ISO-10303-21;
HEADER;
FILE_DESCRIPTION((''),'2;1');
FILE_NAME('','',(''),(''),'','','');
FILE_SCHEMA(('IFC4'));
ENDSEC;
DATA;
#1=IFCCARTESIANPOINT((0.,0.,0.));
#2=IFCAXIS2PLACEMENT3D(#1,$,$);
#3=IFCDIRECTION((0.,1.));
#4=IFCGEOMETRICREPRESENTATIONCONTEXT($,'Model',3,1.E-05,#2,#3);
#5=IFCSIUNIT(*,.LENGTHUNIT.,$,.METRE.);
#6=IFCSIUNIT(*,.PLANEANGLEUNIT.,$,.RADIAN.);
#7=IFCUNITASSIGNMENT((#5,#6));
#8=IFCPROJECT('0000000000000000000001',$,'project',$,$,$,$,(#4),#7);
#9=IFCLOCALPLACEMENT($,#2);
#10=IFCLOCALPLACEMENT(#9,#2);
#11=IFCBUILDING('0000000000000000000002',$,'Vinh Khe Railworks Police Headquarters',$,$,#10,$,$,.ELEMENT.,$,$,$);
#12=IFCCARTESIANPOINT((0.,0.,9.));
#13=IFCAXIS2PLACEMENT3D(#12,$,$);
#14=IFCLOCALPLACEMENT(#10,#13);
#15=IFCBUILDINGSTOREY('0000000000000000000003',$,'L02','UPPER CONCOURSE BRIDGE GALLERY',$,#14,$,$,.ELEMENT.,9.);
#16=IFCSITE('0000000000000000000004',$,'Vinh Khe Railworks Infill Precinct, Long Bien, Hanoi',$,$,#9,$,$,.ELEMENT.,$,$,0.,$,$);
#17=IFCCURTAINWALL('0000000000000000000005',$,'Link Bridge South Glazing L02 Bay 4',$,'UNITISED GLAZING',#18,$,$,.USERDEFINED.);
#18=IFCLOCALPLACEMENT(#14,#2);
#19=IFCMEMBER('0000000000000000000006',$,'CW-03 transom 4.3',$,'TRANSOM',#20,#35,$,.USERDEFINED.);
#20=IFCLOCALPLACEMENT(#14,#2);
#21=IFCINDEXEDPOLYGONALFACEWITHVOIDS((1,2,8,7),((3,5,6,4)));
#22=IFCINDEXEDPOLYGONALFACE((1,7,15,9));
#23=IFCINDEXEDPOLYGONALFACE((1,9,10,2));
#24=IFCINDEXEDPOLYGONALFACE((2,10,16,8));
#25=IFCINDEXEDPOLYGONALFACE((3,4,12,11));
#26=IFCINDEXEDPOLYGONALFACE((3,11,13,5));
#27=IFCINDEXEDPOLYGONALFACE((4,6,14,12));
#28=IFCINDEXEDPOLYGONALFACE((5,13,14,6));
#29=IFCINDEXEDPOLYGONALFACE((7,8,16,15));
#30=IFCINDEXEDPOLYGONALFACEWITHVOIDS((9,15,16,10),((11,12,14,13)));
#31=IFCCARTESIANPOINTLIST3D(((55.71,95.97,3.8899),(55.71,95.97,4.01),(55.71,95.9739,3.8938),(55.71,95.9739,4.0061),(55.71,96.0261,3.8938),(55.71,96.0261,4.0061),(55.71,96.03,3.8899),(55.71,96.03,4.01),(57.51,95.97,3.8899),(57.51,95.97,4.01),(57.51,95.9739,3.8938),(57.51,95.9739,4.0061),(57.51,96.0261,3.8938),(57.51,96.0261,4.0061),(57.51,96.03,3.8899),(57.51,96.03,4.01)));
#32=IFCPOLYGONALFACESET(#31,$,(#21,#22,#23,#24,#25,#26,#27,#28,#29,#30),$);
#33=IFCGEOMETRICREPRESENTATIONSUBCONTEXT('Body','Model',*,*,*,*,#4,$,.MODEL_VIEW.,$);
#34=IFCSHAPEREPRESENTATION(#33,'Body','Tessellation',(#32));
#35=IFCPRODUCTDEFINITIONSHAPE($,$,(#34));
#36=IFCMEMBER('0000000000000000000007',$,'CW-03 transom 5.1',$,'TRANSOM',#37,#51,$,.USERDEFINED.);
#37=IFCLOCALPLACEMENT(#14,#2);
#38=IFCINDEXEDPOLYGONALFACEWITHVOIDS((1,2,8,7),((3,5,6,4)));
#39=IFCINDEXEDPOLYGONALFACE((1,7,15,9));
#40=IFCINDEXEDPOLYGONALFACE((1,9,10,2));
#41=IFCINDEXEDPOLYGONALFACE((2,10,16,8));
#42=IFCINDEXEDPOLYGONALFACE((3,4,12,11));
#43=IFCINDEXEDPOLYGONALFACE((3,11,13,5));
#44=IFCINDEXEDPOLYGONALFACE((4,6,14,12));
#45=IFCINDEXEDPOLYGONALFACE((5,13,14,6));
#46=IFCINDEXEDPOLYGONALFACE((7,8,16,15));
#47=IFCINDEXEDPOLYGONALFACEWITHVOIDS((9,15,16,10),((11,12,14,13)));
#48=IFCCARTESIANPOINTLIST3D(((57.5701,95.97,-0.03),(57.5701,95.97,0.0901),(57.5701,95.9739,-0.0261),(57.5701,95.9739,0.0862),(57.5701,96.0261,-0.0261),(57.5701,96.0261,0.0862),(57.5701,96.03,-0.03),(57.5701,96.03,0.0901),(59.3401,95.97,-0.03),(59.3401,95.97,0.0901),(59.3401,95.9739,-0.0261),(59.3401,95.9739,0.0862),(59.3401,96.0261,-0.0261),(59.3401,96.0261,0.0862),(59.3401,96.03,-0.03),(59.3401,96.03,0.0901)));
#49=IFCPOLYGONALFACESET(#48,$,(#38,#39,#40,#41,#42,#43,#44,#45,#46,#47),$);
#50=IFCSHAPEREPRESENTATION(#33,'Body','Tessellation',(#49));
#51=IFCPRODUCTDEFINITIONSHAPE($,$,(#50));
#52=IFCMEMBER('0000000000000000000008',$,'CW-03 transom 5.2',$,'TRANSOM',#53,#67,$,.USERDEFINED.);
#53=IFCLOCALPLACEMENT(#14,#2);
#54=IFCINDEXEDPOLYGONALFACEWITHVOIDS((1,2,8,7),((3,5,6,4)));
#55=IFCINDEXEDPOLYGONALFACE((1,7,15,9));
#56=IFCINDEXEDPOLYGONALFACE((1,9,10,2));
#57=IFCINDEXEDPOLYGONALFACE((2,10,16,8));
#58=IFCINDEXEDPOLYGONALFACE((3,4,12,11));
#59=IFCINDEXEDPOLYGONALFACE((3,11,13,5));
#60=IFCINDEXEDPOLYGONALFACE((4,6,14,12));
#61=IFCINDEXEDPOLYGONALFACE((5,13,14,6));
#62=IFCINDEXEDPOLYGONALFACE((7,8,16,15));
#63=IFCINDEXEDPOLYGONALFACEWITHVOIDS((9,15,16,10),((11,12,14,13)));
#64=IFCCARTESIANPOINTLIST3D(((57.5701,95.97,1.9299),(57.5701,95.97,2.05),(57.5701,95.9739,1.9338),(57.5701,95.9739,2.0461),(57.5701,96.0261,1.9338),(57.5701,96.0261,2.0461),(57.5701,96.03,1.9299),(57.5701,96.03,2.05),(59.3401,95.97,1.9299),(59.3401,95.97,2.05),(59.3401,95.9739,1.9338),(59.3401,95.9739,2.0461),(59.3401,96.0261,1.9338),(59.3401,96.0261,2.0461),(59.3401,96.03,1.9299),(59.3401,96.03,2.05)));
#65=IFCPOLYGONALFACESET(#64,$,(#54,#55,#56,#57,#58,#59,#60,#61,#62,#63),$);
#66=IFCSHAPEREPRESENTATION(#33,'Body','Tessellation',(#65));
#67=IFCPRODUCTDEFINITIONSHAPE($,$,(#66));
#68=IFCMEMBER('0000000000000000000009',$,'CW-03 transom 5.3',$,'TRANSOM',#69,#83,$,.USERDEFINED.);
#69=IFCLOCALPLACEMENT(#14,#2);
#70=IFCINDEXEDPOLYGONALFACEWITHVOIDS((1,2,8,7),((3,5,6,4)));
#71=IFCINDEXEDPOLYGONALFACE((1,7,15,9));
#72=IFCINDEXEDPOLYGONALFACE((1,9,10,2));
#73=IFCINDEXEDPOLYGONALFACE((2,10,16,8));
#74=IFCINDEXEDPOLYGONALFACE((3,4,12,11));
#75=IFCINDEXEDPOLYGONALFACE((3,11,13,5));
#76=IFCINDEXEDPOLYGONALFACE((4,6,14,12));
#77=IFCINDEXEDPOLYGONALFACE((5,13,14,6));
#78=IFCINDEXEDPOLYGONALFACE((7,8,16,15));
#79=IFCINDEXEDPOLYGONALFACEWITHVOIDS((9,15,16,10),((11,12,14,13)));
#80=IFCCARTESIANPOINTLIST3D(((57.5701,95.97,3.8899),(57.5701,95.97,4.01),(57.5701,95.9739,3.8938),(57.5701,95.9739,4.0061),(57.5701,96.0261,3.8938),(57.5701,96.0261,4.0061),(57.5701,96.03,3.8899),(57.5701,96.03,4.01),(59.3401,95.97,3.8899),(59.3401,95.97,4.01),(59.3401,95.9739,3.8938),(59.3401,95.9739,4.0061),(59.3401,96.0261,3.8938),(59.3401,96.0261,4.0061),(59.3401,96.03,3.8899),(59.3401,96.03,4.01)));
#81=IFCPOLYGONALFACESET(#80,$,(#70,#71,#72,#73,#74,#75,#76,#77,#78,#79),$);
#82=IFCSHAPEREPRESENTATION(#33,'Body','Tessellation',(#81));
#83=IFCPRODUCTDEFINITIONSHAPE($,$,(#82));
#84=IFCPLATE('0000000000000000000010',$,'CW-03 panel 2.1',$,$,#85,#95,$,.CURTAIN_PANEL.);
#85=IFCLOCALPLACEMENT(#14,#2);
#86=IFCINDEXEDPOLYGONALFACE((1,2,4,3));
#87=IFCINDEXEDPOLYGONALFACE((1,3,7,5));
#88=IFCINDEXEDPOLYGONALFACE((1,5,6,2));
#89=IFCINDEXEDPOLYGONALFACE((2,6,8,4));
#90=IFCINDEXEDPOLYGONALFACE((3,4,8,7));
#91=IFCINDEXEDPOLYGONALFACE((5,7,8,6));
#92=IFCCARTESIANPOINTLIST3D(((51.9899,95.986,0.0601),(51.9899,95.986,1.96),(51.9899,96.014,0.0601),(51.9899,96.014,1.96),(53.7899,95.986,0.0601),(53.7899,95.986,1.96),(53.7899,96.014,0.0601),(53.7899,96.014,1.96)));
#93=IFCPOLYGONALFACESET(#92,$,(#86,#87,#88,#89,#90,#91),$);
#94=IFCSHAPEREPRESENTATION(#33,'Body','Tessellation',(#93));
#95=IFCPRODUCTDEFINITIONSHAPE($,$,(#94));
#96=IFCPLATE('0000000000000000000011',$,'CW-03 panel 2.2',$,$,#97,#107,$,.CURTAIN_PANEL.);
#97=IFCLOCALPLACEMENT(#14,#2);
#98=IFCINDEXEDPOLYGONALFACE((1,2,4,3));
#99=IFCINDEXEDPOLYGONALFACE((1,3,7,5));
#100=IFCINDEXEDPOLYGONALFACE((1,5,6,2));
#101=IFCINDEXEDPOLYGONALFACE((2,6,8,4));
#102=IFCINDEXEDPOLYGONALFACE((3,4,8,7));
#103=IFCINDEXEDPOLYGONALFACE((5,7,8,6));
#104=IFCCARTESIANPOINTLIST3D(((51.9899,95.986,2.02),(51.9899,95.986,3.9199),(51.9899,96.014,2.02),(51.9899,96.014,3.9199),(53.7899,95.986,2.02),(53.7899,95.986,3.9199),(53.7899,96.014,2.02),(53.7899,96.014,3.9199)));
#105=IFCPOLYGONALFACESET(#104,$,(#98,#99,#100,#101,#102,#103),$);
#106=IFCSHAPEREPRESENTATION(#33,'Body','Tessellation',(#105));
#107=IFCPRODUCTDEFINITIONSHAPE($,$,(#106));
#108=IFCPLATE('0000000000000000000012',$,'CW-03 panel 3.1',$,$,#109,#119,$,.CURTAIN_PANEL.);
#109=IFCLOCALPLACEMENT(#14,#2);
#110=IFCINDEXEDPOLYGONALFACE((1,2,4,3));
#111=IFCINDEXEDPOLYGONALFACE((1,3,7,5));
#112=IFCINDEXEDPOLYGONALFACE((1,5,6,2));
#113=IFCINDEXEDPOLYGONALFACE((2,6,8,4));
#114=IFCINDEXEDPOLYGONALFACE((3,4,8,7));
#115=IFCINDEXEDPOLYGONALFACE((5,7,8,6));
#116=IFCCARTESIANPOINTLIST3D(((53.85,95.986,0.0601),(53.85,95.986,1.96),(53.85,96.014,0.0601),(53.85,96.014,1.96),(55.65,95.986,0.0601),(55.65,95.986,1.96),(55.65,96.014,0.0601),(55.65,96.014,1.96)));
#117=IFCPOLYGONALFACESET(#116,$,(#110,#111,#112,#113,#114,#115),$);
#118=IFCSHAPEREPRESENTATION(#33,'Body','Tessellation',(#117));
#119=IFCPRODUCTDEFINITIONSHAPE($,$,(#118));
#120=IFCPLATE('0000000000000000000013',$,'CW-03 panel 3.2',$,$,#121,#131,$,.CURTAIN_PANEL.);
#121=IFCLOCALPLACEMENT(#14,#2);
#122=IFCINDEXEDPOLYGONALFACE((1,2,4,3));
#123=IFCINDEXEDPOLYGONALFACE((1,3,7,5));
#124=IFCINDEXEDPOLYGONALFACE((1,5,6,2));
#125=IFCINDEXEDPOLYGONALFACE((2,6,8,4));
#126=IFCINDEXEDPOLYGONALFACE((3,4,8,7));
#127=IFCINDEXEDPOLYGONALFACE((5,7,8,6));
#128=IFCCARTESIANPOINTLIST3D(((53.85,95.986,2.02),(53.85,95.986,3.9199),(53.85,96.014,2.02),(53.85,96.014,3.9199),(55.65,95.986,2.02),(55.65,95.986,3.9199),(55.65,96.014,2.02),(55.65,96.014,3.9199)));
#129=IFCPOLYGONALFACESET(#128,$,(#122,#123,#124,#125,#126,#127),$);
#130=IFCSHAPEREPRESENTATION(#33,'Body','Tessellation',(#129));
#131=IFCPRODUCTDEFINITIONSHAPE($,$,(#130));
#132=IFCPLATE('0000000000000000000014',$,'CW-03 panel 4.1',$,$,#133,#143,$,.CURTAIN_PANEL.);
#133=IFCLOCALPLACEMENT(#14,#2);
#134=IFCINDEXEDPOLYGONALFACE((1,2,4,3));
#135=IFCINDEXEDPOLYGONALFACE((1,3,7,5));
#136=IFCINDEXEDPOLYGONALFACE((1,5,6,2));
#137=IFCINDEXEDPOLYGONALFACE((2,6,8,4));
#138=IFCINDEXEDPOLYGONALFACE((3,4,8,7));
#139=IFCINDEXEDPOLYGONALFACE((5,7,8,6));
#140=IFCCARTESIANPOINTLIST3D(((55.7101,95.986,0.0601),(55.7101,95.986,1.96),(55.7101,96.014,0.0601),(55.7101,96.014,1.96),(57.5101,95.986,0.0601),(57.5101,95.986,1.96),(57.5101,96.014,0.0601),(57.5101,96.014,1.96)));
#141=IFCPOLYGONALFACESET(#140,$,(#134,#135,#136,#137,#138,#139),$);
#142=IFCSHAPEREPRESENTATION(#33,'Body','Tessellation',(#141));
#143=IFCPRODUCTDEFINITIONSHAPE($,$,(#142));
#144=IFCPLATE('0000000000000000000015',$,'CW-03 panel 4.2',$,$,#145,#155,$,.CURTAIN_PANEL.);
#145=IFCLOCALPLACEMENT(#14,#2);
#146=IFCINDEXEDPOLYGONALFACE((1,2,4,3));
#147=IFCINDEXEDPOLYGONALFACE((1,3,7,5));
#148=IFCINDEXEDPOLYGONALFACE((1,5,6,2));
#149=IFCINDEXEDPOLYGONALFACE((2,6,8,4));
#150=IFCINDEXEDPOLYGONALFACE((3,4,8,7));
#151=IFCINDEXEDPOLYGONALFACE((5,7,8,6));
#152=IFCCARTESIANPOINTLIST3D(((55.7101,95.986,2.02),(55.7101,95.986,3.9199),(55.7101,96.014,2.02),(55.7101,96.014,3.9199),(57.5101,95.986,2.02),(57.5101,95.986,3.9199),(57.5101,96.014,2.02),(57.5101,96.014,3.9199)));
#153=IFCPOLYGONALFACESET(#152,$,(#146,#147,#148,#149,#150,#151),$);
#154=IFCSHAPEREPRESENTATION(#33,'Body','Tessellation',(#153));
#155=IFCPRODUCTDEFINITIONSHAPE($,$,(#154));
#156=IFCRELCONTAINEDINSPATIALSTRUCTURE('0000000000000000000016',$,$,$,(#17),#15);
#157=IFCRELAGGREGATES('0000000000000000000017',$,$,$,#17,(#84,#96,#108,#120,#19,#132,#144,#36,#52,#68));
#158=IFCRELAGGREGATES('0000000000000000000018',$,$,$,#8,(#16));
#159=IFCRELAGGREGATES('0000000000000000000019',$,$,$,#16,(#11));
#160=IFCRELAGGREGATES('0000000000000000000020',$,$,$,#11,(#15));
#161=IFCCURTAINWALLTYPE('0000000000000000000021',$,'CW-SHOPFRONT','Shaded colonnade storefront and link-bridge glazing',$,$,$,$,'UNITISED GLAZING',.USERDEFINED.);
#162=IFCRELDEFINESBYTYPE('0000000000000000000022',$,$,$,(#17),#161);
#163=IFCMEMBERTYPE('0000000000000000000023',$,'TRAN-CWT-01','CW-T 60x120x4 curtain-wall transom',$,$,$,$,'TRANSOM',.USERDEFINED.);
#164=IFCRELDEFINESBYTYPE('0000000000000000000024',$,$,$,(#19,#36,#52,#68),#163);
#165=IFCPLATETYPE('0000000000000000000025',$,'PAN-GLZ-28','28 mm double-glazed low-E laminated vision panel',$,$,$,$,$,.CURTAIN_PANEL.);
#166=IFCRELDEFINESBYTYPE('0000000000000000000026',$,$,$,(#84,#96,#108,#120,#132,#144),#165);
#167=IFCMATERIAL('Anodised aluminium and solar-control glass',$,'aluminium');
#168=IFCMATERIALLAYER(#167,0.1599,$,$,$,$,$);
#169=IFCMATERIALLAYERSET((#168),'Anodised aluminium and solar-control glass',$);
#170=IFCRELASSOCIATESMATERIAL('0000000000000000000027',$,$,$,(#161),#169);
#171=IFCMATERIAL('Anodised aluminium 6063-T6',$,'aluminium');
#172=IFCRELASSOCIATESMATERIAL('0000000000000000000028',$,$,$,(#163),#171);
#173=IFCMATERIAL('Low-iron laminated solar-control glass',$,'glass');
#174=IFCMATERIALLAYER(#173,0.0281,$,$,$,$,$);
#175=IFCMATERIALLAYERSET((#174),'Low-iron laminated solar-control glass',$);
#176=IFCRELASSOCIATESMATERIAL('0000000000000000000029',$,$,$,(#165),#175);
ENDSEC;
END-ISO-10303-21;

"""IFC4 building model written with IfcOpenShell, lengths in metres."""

from ifc_helpers import new_model, si_unit, direction, frame, origin, origin_2d, place, context, subcontext, project, spatial, rectangle, hollow_rectangle, extrude, material, layer, layer_set, material_profile, profile_set, type_object, element, aggregate, save


model = new_model("IFC4")

# Units and contexts
model_context = context("Model", 3, precision=1e-05, world=origin(), true_north=direction((0.0, 1.0)))
body_context = subcontext(model_context, "Body", "Model", "MODEL_VIEW")
ifc_project = project(units=[si_unit("LENGTHUNIT", "METRE"), si_unit("PLANEANGLEUNIT", "RADIAN")], contexts=[model_context])

# Site, building, storey
site_placement = place(None, origin())
site = spatial("IfcSite", under=ifc_project, at=site_placement, Name="Vinh Khe Railworks Infill Precinct, Long Bien, Hanoi", CompositionType="ELEMENT", RefElevation=0.0)
building_placement = place(site_placement, origin())
building = spatial("IfcBuilding", under=site, at=building_placement, Name="Vinh Khe Railworks Police Headquarters", CompositionType="ELEMENT")
storey_placement = place(building_placement, frame((0.0, 0.0, 9.0)))
storey = spatial("IfcBuildingStorey", under=building, at=storey_placement, Name="L02", Description="UPPER CONCOURSE BRIDGE GALLERY", CompositionType="ELEMENT", Elevation=9.0)

# Curtain wall, members, plates
ifc_material_1 = material(Name="Anodised aluminium and solar-control glass", Category="aluminium")
ifc_layer_1 = layer(ifc_material_1, 0.1599)
ifc_layer_set_1 = layer_set([ifc_layer_1], Name="Anodised aluminium and solar-control glass")
curtain_wall_type = type_object("IfcCurtainWallType", Name="CW-SHOPFRONT", Description="Shaded colonnade storefront and link-bridge glazing", ElementType="UNITISED GLAZING", PredefinedType="USERDEFINED", material=ifc_layer_set_1)
curtain_wall_placement = place(storey_placement, origin())
curtain_wall = element("IfcCurtainWall", 1, at=curtain_wall_placement, inside=storey, type_object=curtain_wall_type, Name="Link Bridge South Glazing L02 Bay 4", ObjectType="UNITISED GLAZING", PredefinedType="USERDEFINED")
ifc_material_2 = material(Name="Anodised aluminium 6063-T6", Category="aluminium")
ifc_material_profile_1 = material_profile(ifc_material_2, hollow_rectangle(XDim=0.0601, YDim=0.1201, WallThickness=0.0039, at=origin_2d()), Name="CW-T 60x120x4")
ifc_profile_set_1 = profile_set([ifc_material_profile_1], Name="Anodised aluminium 6063-T6")
member_type_1 = type_object("IfcMemberType", Name="TRAN-CWT-01", Description="CW-T 60x120x4 curtain-wall transom", ElementType="TRANSOM", PredefinedType="USERDEFINED", material=ifc_profile_set_1)
member_1_placement = place(storey_placement, frame((55.71, 96.0, 3.95), z_axis=(1.0, 0.0, 0.0), x_axis=(0.0, 1.0, 0.0)))
member_1 = element("IfcMember", 2, at=member_1_placement, type_object=member_type_1, Name="CW-03 transom 4.3", ObjectType="TRANSOM", PredefinedType="USERDEFINED", context=body_context, shape_type="SweptSolid", body=[
    extrude(hollow_rectangle(XDim=0.0601, YDim=0.1201, WallThickness=0.0039, at=origin_2d()), origin(), (0.0, 0.0, 1.0), 1.8),
])
member_2_placement = place(storey_placement, frame((57.5701, 96.0, 0.03), z_axis=(1.0, 0.0, 0.0), x_axis=(0.0, 1.0, 0.0)))
member_2 = element("IfcMember", 3, at=member_2_placement, type_object=member_type_1, Name="CW-03 transom 5.1", ObjectType="TRANSOM", PredefinedType="USERDEFINED", context=body_context, shape_type="SweptSolid", body=[
    extrude(hollow_rectangle(XDim=0.0601, YDim=0.1201, WallThickness=0.0039, at=origin_2d()), origin(), (0.0, 0.0, 1.0), 1.77),
])
member_3_placement = place(storey_placement, frame((57.5701, 96.0, 1.99), z_axis=(1.0, 0.0, 0.0), x_axis=(0.0, 1.0, 0.0)))
member_3 = element("IfcMember", 4, at=member_3_placement, type_object=member_type_1, Name="CW-03 transom 5.2", ObjectType="TRANSOM", PredefinedType="USERDEFINED", context=body_context, shape_type="SweptSolid", body=[
    extrude(hollow_rectangle(XDim=0.0601, YDim=0.1201, WallThickness=0.0039, at=origin_2d()), origin(), (0.0, 0.0, 1.0), 1.77),
])
member_4_placement = place(storey_placement, frame((57.5701, 96.0, 3.95), z_axis=(1.0, 0.0, 0.0), x_axis=(0.0, 1.0, 0.0)))
member_4 = element("IfcMember", 5, at=member_4_placement, type_object=member_type_1, Name="CW-03 transom 5.3", ObjectType="TRANSOM", PredefinedType="USERDEFINED", context=body_context, shape_type="SweptSolid", body=[
    extrude(hollow_rectangle(XDim=0.0601, YDim=0.1201, WallThickness=0.0039, at=origin_2d()), origin(), (0.0, 0.0, 1.0), 1.77),
])
ifc_material_3 = material(Name="Low-iron laminated solar-control glass", Category="glass")
ifc_layer_2 = layer(ifc_material_3, 0.0281)
ifc_layer_set_2 = layer_set([ifc_layer_2], Name="Low-iron laminated solar-control glass")
plate_type = type_object("IfcPlateType", Name="PAN-GLZ-28", Description="28 mm double-glazed low-E laminated vision panel", PredefinedType="CURTAIN_PANEL", material=ifc_layer_set_2)
plate_1_placement = place(storey_placement, frame((52.8899, 96.0, 0.0601), z_axis=(0.0, 0.0, 1.0), x_axis=(1.0, 0.0, 0.0)))
plate_1 = element("IfcPlate", 6, at=plate_1_placement, type_object=plate_type, Name="CW-03 panel 2.1", PredefinedType="CURTAIN_PANEL", context=body_context, shape_type="SweptSolid", body=[
    extrude(rectangle(XDim=1.8, YDim=0.0281, at=origin_2d()), origin(), (0.0, 0.0, 1.0), 1.8999),
])
plate_2_placement = place(storey_placement, frame((52.8899, 96.0, 2.02), z_axis=(0.0, 0.0, 1.0), x_axis=(1.0, 0.0, 0.0)))
plate_2 = element("IfcPlate", 7, at=plate_2_placement, type_object=plate_type, Name="CW-03 panel 2.2", PredefinedType="CURTAIN_PANEL", context=body_context, shape_type="SweptSolid", body=[
    extrude(rectangle(XDim=1.8, YDim=0.0281, at=origin_2d()), origin(), (0.0, 0.0, 1.0), 1.8999),
])
plate_3_placement = place(storey_placement, frame((54.75, 96.0, 0.0601), z_axis=(0.0, 0.0, 1.0), x_axis=(1.0, 0.0, 0.0)))
plate_3 = element("IfcPlate", 8, at=plate_3_placement, type_object=plate_type, Name="CW-03 panel 3.1", PredefinedType="CURTAIN_PANEL", context=body_context, shape_type="SweptSolid", body=[
    extrude(rectangle(XDim=1.8, YDim=0.0281, at=origin_2d()), origin(), (0.0, 0.0, 1.0), 1.8999),
])
plate_4_placement = place(storey_placement, frame((54.75, 96.0, 2.02), z_axis=(0.0, 0.0, 1.0), x_axis=(1.0, 0.0, 0.0)))
plate_4 = element("IfcPlate", 9, at=plate_4_placement, type_object=plate_type, Name="CW-03 panel 3.2", PredefinedType="CURTAIN_PANEL", context=body_context, shape_type="SweptSolid", body=[
    extrude(rectangle(XDim=1.8, YDim=0.0281, at=origin_2d()), origin(), (0.0, 0.0, 1.0), 1.8999),
])
plate_5_placement = place(storey_placement, frame((56.6101, 96.0, 0.0601), z_axis=(0.0, 0.0, 1.0), x_axis=(1.0, 0.0, 0.0)))
plate_5 = element("IfcPlate", 10, at=plate_5_placement, type_object=plate_type, Name="CW-03 panel 4.1", PredefinedType="CURTAIN_PANEL", context=body_context, shape_type="SweptSolid", body=[
    extrude(rectangle(XDim=1.8, YDim=0.0281, at=origin_2d()), origin(), (0.0, 0.0, 1.0), 1.8999),
])
plate_6_placement = place(storey_placement, frame((56.6101, 96.0, 2.02), z_axis=(0.0, 0.0, 1.0), x_axis=(1.0, 0.0, 0.0)))
plate_6 = element("IfcPlate", 11, at=plate_6_placement, type_object=plate_type, Name="CW-03 panel 4.2", PredefinedType="CURTAIN_PANEL", context=body_context, shape_type="SweptSolid", body=[
    extrude(rectangle(XDim=1.8, YDim=0.0281, at=origin_2d()), origin(), (0.0, 0.0, 1.0), 1.8999),
])
aggregate(curtain_wall, [plate_1, plate_2, plate_3, plate_4, member_1, plate_5, plate_6, member_2, member_3, member_4])

save(model, "model.ifc")
